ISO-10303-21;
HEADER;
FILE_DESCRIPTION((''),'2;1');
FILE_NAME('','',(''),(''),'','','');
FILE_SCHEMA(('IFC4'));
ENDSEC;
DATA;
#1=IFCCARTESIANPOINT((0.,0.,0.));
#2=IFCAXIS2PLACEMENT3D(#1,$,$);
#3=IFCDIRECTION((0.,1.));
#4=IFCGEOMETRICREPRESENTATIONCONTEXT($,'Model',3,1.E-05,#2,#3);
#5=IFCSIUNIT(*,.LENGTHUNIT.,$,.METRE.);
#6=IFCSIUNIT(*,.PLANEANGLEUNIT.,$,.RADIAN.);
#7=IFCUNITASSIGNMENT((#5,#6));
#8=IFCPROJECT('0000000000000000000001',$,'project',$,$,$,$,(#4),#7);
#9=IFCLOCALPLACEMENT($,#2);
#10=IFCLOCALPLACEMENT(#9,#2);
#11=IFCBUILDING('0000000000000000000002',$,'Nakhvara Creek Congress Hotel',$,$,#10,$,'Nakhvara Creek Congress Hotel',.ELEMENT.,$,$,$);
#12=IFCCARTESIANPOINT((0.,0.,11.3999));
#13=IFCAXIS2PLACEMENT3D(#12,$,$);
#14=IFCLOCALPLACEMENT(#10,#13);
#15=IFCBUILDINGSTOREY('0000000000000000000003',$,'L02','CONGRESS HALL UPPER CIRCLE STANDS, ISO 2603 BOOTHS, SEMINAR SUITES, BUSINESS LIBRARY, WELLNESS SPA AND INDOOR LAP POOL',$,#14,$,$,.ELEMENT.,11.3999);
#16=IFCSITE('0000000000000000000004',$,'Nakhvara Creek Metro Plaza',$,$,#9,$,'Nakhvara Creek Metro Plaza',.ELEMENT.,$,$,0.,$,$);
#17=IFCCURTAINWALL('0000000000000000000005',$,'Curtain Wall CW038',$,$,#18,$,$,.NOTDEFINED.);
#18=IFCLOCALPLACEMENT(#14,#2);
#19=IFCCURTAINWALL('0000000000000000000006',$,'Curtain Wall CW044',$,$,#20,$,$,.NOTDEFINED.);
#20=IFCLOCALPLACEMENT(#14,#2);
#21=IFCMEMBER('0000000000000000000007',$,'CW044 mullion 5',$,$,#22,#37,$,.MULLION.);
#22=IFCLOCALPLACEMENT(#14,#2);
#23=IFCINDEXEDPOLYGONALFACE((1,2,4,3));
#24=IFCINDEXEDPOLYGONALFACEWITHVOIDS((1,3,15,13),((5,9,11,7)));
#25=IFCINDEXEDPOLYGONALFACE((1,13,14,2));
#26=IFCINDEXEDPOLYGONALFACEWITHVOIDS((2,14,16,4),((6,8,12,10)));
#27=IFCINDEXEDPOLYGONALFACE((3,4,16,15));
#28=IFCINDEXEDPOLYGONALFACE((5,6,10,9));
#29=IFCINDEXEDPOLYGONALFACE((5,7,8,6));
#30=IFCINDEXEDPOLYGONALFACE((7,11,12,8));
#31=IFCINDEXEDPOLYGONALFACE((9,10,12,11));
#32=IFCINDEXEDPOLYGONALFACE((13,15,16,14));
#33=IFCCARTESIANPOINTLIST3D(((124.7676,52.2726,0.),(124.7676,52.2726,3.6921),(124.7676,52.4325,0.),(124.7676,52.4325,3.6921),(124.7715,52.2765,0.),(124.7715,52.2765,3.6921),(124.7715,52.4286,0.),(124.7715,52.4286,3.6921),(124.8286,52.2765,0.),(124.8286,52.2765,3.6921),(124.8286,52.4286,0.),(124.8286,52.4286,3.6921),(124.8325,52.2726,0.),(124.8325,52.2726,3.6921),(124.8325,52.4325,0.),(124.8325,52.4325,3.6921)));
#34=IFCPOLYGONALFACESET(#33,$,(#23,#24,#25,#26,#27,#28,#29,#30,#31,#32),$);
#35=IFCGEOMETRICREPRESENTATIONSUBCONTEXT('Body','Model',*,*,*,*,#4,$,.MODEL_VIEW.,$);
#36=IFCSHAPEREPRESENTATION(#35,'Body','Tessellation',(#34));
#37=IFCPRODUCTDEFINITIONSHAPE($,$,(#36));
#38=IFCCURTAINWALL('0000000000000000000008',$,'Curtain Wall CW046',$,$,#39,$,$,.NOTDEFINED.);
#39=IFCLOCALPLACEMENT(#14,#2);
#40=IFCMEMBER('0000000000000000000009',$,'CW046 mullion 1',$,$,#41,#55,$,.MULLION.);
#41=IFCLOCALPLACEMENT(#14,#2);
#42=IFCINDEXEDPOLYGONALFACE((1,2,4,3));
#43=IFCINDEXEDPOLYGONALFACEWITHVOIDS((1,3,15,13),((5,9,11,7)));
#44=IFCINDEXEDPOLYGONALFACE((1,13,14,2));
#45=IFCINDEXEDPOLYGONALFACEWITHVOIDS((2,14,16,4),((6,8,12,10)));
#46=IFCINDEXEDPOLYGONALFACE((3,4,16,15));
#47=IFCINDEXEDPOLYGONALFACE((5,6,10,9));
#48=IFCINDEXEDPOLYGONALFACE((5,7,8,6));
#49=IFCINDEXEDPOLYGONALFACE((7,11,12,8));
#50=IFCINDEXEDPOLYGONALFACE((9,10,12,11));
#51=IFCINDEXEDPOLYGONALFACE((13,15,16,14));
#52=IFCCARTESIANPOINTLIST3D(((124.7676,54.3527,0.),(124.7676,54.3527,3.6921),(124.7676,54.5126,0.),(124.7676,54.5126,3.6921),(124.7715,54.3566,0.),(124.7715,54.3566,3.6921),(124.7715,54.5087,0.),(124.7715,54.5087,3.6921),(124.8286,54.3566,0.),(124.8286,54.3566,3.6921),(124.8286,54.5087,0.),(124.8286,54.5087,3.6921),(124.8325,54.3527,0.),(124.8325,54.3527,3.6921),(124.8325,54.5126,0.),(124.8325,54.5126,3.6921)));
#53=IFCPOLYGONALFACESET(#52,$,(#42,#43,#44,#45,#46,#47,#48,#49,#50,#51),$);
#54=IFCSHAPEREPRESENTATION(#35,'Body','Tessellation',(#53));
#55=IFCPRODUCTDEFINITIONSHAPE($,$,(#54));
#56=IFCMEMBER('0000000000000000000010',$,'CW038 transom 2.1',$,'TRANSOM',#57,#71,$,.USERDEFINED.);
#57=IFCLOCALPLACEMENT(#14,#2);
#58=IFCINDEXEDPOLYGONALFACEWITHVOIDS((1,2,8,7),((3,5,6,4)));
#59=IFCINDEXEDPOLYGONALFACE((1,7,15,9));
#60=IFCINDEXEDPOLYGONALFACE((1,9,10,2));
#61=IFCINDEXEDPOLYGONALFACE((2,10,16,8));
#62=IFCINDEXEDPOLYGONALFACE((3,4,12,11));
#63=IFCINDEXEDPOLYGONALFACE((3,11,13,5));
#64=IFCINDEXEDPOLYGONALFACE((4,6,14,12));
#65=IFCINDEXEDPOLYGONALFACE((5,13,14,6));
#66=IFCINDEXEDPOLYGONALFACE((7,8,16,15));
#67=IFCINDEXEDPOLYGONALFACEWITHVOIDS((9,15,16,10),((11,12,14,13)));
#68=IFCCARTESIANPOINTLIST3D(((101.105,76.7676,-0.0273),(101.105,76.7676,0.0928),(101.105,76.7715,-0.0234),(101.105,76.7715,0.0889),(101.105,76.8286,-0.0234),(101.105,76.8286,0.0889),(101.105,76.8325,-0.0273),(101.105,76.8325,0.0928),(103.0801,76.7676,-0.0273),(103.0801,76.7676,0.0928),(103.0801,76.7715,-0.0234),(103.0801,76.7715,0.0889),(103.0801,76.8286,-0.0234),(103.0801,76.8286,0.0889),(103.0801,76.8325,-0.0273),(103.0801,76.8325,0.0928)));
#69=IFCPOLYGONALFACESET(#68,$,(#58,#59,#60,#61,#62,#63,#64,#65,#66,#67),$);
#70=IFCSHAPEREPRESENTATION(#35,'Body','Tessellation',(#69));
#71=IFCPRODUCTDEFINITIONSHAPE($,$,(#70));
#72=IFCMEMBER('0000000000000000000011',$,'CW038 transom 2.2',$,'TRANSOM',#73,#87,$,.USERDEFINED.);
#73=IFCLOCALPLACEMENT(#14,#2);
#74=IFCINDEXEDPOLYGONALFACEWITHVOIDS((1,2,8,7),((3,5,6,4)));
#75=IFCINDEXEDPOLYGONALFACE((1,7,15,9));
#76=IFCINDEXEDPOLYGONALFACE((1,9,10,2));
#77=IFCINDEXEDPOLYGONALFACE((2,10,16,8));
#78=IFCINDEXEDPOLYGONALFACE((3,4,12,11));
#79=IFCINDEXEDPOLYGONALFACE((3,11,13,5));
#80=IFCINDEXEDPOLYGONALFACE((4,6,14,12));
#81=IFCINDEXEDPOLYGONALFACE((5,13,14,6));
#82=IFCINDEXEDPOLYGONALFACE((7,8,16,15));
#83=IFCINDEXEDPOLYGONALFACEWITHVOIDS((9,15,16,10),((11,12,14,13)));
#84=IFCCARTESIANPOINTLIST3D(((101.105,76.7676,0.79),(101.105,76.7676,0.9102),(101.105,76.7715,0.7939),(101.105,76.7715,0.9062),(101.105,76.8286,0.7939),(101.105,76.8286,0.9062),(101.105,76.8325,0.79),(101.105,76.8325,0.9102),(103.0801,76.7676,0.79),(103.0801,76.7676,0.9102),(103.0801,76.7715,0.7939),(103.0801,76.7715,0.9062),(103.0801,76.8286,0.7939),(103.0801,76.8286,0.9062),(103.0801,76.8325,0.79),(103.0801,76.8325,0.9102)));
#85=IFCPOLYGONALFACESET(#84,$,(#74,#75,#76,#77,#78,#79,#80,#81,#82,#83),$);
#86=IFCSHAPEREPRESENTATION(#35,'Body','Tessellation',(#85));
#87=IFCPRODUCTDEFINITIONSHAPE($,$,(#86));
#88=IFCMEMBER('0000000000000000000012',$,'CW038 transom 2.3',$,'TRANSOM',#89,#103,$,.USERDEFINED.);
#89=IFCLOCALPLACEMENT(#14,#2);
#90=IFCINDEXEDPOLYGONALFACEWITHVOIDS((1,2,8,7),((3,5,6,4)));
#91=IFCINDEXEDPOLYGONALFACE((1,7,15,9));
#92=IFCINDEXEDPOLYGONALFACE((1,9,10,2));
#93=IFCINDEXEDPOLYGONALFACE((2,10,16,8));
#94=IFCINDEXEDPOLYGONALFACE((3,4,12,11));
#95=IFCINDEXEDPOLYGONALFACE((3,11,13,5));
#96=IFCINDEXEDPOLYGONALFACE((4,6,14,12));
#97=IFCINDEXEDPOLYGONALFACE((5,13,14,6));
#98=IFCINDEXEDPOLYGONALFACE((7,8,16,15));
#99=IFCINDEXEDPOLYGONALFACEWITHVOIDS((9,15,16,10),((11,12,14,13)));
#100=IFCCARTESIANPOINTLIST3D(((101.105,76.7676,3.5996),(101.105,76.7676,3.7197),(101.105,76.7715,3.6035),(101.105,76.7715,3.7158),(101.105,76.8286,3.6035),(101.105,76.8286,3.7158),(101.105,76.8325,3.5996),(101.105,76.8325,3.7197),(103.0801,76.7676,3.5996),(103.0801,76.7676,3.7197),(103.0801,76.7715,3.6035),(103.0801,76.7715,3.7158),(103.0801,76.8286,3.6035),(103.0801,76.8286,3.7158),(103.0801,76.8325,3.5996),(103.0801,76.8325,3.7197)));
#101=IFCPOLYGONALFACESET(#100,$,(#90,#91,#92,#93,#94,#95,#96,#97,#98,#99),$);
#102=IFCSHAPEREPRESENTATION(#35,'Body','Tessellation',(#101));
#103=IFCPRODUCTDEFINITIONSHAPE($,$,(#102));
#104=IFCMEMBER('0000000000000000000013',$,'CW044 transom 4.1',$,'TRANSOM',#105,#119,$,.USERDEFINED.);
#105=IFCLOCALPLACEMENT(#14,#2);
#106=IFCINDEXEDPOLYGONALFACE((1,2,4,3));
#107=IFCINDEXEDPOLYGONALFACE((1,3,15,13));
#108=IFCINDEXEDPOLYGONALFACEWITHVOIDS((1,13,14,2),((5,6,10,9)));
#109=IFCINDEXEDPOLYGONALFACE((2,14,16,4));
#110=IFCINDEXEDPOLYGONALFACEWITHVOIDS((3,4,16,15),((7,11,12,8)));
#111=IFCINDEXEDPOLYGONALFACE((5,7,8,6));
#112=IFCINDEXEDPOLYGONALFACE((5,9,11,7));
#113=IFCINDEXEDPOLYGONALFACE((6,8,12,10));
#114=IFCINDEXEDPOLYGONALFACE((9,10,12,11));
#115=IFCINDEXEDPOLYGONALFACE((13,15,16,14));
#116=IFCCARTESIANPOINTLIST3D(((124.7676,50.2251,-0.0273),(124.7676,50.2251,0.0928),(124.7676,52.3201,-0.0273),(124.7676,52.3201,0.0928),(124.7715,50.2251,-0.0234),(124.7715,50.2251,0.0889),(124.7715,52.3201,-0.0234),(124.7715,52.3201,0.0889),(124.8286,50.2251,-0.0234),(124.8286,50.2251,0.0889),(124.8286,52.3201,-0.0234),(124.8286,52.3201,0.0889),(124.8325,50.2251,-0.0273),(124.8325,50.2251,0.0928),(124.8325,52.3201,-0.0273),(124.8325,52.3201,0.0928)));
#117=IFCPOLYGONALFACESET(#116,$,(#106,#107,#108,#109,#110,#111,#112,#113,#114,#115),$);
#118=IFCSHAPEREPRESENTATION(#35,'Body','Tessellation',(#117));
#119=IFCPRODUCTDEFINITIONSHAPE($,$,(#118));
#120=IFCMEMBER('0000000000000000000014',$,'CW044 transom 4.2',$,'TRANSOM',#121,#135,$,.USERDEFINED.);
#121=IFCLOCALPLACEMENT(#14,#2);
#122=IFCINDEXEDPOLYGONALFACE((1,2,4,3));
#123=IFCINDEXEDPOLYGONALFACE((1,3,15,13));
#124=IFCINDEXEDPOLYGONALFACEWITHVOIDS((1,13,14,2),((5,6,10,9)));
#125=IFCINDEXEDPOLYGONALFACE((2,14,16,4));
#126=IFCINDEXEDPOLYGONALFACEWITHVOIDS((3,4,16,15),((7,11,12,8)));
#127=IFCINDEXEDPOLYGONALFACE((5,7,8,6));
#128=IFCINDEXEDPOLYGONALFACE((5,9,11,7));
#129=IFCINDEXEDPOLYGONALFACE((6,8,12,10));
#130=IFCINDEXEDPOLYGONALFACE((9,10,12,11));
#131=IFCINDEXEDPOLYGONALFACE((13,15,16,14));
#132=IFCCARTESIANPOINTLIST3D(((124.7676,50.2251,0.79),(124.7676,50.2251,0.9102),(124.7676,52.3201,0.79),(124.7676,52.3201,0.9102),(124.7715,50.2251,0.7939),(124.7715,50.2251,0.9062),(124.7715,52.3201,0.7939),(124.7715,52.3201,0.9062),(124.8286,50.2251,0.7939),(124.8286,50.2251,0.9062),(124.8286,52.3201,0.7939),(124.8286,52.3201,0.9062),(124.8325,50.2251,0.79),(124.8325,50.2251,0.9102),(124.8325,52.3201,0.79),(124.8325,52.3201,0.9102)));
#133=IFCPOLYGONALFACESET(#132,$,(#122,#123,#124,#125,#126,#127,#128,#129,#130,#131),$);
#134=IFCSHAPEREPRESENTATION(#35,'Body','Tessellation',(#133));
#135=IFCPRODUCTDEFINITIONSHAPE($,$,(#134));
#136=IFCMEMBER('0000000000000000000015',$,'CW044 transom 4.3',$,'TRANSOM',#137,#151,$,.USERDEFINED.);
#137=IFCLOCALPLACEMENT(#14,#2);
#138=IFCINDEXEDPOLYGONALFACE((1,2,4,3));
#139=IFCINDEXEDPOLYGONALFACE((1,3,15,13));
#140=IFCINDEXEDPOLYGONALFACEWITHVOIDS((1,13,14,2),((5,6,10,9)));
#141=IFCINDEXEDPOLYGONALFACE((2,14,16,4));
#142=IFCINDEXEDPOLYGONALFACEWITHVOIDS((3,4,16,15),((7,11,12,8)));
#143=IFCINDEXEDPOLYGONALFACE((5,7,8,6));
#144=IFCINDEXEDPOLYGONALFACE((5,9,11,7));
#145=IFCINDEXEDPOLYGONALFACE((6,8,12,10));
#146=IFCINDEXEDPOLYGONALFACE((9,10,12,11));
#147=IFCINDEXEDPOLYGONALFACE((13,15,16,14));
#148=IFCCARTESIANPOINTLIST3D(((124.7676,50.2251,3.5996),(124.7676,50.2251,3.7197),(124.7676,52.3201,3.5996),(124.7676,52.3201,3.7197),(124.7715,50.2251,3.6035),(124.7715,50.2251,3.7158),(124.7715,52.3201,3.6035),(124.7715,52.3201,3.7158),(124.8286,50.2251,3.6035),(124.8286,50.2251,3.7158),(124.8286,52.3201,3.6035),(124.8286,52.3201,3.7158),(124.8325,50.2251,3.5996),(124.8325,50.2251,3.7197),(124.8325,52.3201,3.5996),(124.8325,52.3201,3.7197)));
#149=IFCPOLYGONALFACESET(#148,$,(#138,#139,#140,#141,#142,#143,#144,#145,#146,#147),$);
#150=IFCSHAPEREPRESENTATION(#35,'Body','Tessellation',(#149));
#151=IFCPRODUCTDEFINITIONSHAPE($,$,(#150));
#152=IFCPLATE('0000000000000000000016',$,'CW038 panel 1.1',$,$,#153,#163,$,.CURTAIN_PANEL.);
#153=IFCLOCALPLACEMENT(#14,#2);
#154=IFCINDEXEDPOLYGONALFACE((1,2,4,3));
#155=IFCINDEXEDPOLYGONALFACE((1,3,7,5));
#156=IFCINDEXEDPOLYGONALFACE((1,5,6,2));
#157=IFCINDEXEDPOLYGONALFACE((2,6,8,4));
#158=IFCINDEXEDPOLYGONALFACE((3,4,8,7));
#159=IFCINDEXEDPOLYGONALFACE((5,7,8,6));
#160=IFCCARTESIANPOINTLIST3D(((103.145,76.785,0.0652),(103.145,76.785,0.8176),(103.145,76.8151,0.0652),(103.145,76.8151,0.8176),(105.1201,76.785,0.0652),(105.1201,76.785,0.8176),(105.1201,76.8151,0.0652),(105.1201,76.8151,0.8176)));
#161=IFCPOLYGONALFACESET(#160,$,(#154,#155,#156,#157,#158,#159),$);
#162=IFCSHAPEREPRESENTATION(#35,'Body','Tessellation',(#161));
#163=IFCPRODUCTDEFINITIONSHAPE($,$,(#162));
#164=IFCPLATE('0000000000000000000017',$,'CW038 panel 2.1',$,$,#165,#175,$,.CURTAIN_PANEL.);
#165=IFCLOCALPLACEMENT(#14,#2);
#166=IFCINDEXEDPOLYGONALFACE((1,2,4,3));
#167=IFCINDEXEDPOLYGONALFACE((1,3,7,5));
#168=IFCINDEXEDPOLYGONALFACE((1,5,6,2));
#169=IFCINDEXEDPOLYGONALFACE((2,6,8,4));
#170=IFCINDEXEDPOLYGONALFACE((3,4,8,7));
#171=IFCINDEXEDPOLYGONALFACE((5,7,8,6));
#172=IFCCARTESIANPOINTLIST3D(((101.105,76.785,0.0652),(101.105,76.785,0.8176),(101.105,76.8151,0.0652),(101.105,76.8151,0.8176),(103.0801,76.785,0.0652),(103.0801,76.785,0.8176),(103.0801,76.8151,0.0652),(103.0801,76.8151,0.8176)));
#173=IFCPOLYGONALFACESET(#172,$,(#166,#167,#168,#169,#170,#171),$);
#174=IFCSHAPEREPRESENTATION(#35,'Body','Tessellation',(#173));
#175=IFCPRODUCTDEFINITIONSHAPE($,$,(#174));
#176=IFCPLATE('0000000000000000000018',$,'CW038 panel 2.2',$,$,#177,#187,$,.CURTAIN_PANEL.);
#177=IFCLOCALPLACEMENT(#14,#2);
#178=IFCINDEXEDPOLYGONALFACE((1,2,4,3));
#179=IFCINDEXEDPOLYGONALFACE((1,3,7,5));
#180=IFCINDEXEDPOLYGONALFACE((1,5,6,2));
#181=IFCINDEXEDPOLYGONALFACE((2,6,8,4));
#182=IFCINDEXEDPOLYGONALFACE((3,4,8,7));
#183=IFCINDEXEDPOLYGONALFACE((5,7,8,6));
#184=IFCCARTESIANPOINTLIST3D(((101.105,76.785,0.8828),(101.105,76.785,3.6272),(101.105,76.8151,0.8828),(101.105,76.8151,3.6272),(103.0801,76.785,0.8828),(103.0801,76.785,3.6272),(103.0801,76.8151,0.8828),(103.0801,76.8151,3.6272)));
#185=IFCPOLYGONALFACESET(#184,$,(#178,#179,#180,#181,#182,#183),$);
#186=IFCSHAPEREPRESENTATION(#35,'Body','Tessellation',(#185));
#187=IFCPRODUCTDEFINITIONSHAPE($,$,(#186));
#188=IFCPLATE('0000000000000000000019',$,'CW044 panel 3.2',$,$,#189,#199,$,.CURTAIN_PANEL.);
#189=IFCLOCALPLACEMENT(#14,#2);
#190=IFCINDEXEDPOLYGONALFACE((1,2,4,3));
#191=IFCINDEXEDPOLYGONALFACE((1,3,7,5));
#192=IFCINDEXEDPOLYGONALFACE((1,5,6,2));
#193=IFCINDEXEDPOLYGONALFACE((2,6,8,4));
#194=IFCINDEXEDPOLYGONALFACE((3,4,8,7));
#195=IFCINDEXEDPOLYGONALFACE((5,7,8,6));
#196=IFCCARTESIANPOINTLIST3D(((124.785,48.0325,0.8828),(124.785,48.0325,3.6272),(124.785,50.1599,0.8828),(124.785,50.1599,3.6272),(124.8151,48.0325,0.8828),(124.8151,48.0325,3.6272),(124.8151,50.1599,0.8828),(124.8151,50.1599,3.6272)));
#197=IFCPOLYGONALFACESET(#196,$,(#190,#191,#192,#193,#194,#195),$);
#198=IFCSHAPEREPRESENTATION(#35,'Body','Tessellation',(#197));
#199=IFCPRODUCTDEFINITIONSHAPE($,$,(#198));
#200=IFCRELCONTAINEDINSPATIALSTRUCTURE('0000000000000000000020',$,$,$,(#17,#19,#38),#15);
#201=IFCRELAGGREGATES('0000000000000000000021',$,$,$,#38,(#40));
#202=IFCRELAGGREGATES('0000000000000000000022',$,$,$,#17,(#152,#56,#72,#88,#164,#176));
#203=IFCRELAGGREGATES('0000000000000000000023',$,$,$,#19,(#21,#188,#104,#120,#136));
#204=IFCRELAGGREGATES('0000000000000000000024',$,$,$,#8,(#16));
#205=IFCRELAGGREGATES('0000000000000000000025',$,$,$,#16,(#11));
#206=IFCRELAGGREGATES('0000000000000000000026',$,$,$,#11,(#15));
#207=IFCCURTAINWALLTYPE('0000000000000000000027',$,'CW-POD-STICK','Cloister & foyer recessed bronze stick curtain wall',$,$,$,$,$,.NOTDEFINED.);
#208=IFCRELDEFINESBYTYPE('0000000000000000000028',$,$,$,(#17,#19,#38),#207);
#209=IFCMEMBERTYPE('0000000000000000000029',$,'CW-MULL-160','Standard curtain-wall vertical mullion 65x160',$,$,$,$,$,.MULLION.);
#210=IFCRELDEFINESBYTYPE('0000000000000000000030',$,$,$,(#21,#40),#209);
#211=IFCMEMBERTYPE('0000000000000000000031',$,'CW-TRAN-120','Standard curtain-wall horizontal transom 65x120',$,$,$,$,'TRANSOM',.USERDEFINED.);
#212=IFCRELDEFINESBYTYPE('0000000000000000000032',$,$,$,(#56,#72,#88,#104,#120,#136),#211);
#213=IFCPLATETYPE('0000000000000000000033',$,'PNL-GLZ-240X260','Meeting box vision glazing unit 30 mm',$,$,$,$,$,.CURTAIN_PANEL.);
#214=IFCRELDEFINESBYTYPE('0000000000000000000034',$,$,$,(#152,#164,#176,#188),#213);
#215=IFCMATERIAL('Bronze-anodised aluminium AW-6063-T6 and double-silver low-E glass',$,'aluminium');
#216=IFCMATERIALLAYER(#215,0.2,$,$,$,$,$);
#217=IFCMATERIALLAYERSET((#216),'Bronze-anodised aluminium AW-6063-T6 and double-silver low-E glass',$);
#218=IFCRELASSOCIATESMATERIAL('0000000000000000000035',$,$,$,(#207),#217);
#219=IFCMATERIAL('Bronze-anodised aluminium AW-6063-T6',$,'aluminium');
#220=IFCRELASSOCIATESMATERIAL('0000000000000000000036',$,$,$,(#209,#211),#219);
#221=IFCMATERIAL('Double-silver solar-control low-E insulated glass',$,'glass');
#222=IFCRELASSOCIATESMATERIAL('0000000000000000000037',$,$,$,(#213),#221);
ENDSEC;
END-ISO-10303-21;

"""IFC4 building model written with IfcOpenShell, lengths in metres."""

from ifc_helpers import new_model, si_unit, direction, frame, origin, origin_2d, place, context, subcontext, project, spatial, rectangle, hollow_rectangle, extrude, material, layer, layer_set, material_profile, profile_set, type_object, element, aggregate, save


model = new_model("IFC4")

# Units and contexts
model_context = context("Model", 3, precision=1e-05, world=origin(), true_north=direction((0.0, 1.0)))
body_context = subcontext(model_context, "Body", "Model", "MODEL_VIEW")
ifc_project = project(units=[si_unit("LENGTHUNIT", "METRE"), si_unit("PLANEANGLEUNIT", "RADIAN")], contexts=[model_context])

# Site, building, storey
site_placement = place(None, origin())
site = spatial("IfcSite", under=ifc_project, at=site_placement, Name="Nakhvara Creek Metro Plaza", LongName="Nakhvara Creek Metro Plaza", CompositionType="ELEMENT", RefElevation=0.0)
building_placement = place(site_placement, origin())
building = spatial("IfcBuilding", under=site, at=building_placement, Name="Nakhvara Creek Congress Hotel", LongName="Nakhvara Creek Congress Hotel", CompositionType="ELEMENT")
storey_placement = place(building_placement, frame((0.0, 0.0, 11.3999)))
storey = spatial("IfcBuildingStorey", under=building, at=storey_placement, Name="L02", Description="CONGRESS HALL UPPER CIRCLE STANDS, ISO 2603 BOOTHS, SEMINAR SUITES, BUSINESS LIBRARY, WELLNESS SPA AND INDOOR LAP POOL", CompositionType="ELEMENT", Elevation=11.3999)

# Curtain walls, member
ifc_material_1 = material(Name="Bronze-anodised aluminium AW-6063-T6 and double-silver low-E glass", Category="aluminium")
ifc_layer = layer(ifc_material_1, 0.2)
ifc_layer_set = layer_set([ifc_layer], Name="Bronze-anodised aluminium AW-6063-T6 and double-silver low-E glass")
curtain_wall_type = type_object("IfcCurtainWallType", Name="CW-POD-STICK", Description="Cloister & foyer recessed bronze stick curtain wall", PredefinedType="NOTDEFINED", material=ifc_layer_set)
curtain_wall_1_placement = place(storey_placement, origin())
curtain_wall_1 = element("IfcCurtainWall", 1, at=curtain_wall_1_placement, inside=storey, type_object=curtain_wall_type, Name="Curtain Wall CW038", PredefinedType="NOTDEFINED")
ifc_material_2 = material(Name="Bronze-anodised aluminium AW-6063-T6", Category="aluminium")
ifc_material_profile_1 = material_profile(ifc_material_2, hollow_rectangle(XDim=0.0649, YDim=0.1599, WallThickness=0.0039, at=origin_2d()), Name="ALU-MULL 65x160x4", Category="LoadBearing")
ifc_profile_set_1 = profile_set([ifc_material_profile_1], Name="Bronze-anodised aluminium AW-6063-T6")
member_type_1 = type_object("IfcMemberType", Name="CW-MULL-160", Description="Standard curtain-wall vertical mullion 65x160", PredefinedType="MULLION", material=ifc_profile_set_1)
curtain_wall_2_placement = place(storey_placement, origin())
curtain_wall_2 = element("IfcCurtainWall", 2, at=curtain_wall_2_placement, inside=storey, type_object=curtain_wall_type, Name="Curtain Wall CW044", PredefinedType="NOTDEFINED")
member_1_placement = place(storey_placement, frame((124.8, 52.3525, 0.0), z_axis=(0.0, 0.0, 1.0), x_axis=(-1.0, 0.0, 0.0)))
member_1 = element("IfcMember", 3, at=member_1_placement, type_object=member_type_1, Name="CW044 mullion 5", PredefinedType="MULLION", context=body_context, shape_type="SweptSolid", body=[
    extrude(hollow_rectangle(XDim=0.0649, YDim=0.1599, WallThickness=0.0039, at=origin_2d()), origin(), (0.0, 0.0, 1.0), 3.6921),
])

# Curtain wall, member
curtain_wall_3_placement = place(storey_placement, origin())
curtain_wall_3 = element("IfcCurtainWall", 4, at=curtain_wall_3_placement, inside=storey, type_object=curtain_wall_type, Name="Curtain Wall CW046", PredefinedType="NOTDEFINED")
member_2_placement = place(storey_placement, frame((124.8, 54.4326, 0.0), z_axis=(0.0, 0.0, 1.0), x_axis=(-1.0, 0.0, 0.0)))
member_2 = element("IfcMember", 5, at=member_2_placement, type_object=member_type_1, Name="CW046 mullion 1", PredefinedType="MULLION", context=body_context, shape_type="SweptSolid", body=[
    extrude(hollow_rectangle(XDim=0.0649, YDim=0.1599, WallThickness=0.0039, at=origin_2d()), origin(), (0.0, 0.0, 1.0), 3.6921),
])
aggregate(curtain_wall_3, [member_2])

# Members
ifc_material_profile_2 = material_profile(ifc_material_2, hollow_rectangle(XDim=0.0649, YDim=0.1201, WallThickness=0.0039, at=origin_2d()), Name="ALU-TRAN 65x120x4", Category="LoadBearing")
ifc_profile_set_2 = profile_set([ifc_material_profile_2], Name="Bronze-anodised aluminium AW-6063-T6")
member_type_2 = type_object("IfcMemberType", Name="CW-TRAN-120", Description="Standard curtain-wall horizontal transom 65x120", ElementType="TRANSOM", PredefinedType="USERDEFINED", material=ifc_profile_set_2)
member_3_placement = place(storey_placement, frame((103.0801, 76.8, 0.0327), z_axis=(-1.0, 0.0, 0.0), x_axis=(0.0, -1.0, 0.0)))
member_3 = element("IfcMember", 6, at=member_3_placement, type_object=member_type_2, Name="CW038 transom 2.1", ObjectType="TRANSOM", PredefinedType="USERDEFINED", context=body_context, shape_type="SweptSolid", body=[
    extrude(hollow_rectangle(XDim=0.0649, YDim=0.1201, WallThickness=0.0039, at=origin_2d()), origin(), (0.0, 0.0, 1.0), 1.9751),
])
member_4_placement = place(storey_placement, frame((103.0801, 76.8, 0.8501), z_axis=(-1.0, 0.0, 0.0), x_axis=(0.0, -1.0, 0.0)))
member_4 = element("IfcMember", 7, at=member_4_placement, type_object=member_type_2, Name="CW038 transom 2.2", ObjectType="TRANSOM", PredefinedType="USERDEFINED", context=body_context, shape_type="SweptSolid", body=[
    extrude(hollow_rectangle(XDim=0.0649, YDim=0.1201, WallThickness=0.0039, at=origin_2d()), origin(), (0.0, 0.0, 1.0), 1.9751),
])
member_5_placement = place(storey_placement, frame((103.0801, 76.8, 3.6597), z_axis=(-1.0, 0.0, 0.0), x_axis=(0.0, -1.0, 0.0)))
member_5 = element("IfcMember", 8, at=member_5_placement, type_object=member_type_2, Name="CW038 transom 2.3", ObjectType="TRANSOM", PredefinedType="USERDEFINED", context=body_context, shape_type="SweptSolid", body=[
    extrude(hollow_rectangle(XDim=0.0649, YDim=0.1201, WallThickness=0.0039, at=origin_2d()), origin(), (0.0, 0.0, 1.0), 1.9751),
])
member_6_placement = place(storey_placement, frame((124.8, 50.2251, 0.0327), z_axis=(0.0, 1.0, 0.0), x_axis=(-1.0, 0.0, 0.0)))
member_6 = element("IfcMember", 9, at=member_6_placement, type_object=member_type_2, Name="CW044 transom 4.1", ObjectType="TRANSOM", PredefinedType="USERDEFINED", context=body_context, shape_type="SweptSolid", body=[
    extrude(hollow_rectangle(XDim=0.0649, YDim=0.1201, WallThickness=0.0039, at=origin_2d()), origin(), (0.0, 0.0, 1.0), 2.095),
])
member_7_placement = place(storey_placement, frame((124.8, 50.2251, 0.8501), z_axis=(0.0, 1.0, 0.0), x_axis=(-1.0, 0.0, 0.0)))
member_7 = element("IfcMember", 10, at=member_7_placement, type_object=member_type_2, Name="CW044 transom 4.2", ObjectType="TRANSOM", PredefinedType="USERDEFINED", context=body_context, shape_type="SweptSolid", body=[
    extrude(hollow_rectangle(XDim=0.0649, YDim=0.1201, WallThickness=0.0039, at=origin_2d()), origin(), (0.0, 0.0, 1.0), 2.095),
])
member_8_placement = place(storey_placement, frame((124.8, 50.2251, 3.6597), z_axis=(0.0, 1.0, 0.0), x_axis=(-1.0, 0.0, 0.0)))
member_8 = element("IfcMember", 11, at=member_8_placement, type_object=member_type_2, Name="CW044 transom 4.3", ObjectType="TRANSOM", PredefinedType="USERDEFINED", context=body_context, shape_type="SweptSolid", body=[
    extrude(hollow_rectangle(XDim=0.0649, YDim=0.1201, WallThickness=0.0039, at=origin_2d()), origin(), (0.0, 0.0, 1.0), 2.095),
])

# Plates
ifc_material_3 = material(Name="Double-silver solar-control low-E insulated glass", Category="glass")
plate_type = type_object("IfcPlateType", Name="PNL-GLZ-240X260", Description="Meeting box vision glazing unit 30 mm", PredefinedType="CURTAIN_PANEL", material=ifc_material_3)
plate_1_placement = place(storey_placement, frame((104.1326, 76.8, 0.0652), z_axis=(0.0, 0.0, 1.0), x_axis=(-1.0, 0.0, 0.0)))
plate_1 = element("IfcPlate", 12, at=plate_1_placement, type_object=plate_type, Name="CW038 panel 1.1", PredefinedType="CURTAIN_PANEL", context=body_context, shape_type="SweptSolid", body=[
    extrude(rectangle(XDim=1.9751, YDim=0.03, at=origin_2d()), origin(), (0.0, 0.0, 1.0), 0.7524),
])
plate_2_placement = place(storey_placement, frame((102.0925, 76.8, 0.0652), z_axis=(0.0, 0.0, 1.0), x_axis=(-1.0, 0.0, 0.0)))
plate_2 = element("IfcPlate", 13, at=plate_2_placement, type_object=plate_type, Name="CW038 panel 2.1", PredefinedType="CURTAIN_PANEL", context=body_context, shape_type="SweptSolid", body=[
    extrude(rectangle(XDim=1.9751, YDim=0.03, at=origin_2d()), origin(), (0.0, 0.0, 1.0), 0.7524),
])
plate_3_placement = place(storey_placement, frame((102.0925, 76.8, 0.8828), z_axis=(0.0, 0.0, 1.0), x_axis=(-1.0, 0.0, 0.0)))
plate_3 = element("IfcPlate", 14, at=plate_3_placement, type_object=plate_type, Name="CW038 panel 2.2", PredefinedType="CURTAIN_PANEL", context=body_context, shape_type="SweptSolid", body=[
    extrude(rectangle(XDim=1.9751, YDim=0.03, at=origin_2d()), origin(), (0.0, 0.0, 1.0), 2.7444),
])
aggregate(curtain_wall_1, [plate_1, member_3, member_4, member_5, plate_2, plate_3])
plate_4_placement = place(storey_placement, frame((124.8, 49.0962, 0.8828), z_axis=(0.0, 0.0, 1.0), x_axis=(0.0, 1.0, 0.0)))
plate_4 = element("IfcPlate", 15, at=plate_4_placement, type_object=plate_type, Name="CW044 panel 3.2", PredefinedType="CURTAIN_PANEL", context=body_context, shape_type="SweptSolid", body=[
    extrude(rectangle(XDim=2.1274, YDim=0.03, at=origin_2d()), origin(), (0.0, 0.0, 1.0), 2.7444),
])
aggregate(curtain_wall_2, [member_1, plate_4, member_6, member_7, member_8])

save(model, "model.ifc")
